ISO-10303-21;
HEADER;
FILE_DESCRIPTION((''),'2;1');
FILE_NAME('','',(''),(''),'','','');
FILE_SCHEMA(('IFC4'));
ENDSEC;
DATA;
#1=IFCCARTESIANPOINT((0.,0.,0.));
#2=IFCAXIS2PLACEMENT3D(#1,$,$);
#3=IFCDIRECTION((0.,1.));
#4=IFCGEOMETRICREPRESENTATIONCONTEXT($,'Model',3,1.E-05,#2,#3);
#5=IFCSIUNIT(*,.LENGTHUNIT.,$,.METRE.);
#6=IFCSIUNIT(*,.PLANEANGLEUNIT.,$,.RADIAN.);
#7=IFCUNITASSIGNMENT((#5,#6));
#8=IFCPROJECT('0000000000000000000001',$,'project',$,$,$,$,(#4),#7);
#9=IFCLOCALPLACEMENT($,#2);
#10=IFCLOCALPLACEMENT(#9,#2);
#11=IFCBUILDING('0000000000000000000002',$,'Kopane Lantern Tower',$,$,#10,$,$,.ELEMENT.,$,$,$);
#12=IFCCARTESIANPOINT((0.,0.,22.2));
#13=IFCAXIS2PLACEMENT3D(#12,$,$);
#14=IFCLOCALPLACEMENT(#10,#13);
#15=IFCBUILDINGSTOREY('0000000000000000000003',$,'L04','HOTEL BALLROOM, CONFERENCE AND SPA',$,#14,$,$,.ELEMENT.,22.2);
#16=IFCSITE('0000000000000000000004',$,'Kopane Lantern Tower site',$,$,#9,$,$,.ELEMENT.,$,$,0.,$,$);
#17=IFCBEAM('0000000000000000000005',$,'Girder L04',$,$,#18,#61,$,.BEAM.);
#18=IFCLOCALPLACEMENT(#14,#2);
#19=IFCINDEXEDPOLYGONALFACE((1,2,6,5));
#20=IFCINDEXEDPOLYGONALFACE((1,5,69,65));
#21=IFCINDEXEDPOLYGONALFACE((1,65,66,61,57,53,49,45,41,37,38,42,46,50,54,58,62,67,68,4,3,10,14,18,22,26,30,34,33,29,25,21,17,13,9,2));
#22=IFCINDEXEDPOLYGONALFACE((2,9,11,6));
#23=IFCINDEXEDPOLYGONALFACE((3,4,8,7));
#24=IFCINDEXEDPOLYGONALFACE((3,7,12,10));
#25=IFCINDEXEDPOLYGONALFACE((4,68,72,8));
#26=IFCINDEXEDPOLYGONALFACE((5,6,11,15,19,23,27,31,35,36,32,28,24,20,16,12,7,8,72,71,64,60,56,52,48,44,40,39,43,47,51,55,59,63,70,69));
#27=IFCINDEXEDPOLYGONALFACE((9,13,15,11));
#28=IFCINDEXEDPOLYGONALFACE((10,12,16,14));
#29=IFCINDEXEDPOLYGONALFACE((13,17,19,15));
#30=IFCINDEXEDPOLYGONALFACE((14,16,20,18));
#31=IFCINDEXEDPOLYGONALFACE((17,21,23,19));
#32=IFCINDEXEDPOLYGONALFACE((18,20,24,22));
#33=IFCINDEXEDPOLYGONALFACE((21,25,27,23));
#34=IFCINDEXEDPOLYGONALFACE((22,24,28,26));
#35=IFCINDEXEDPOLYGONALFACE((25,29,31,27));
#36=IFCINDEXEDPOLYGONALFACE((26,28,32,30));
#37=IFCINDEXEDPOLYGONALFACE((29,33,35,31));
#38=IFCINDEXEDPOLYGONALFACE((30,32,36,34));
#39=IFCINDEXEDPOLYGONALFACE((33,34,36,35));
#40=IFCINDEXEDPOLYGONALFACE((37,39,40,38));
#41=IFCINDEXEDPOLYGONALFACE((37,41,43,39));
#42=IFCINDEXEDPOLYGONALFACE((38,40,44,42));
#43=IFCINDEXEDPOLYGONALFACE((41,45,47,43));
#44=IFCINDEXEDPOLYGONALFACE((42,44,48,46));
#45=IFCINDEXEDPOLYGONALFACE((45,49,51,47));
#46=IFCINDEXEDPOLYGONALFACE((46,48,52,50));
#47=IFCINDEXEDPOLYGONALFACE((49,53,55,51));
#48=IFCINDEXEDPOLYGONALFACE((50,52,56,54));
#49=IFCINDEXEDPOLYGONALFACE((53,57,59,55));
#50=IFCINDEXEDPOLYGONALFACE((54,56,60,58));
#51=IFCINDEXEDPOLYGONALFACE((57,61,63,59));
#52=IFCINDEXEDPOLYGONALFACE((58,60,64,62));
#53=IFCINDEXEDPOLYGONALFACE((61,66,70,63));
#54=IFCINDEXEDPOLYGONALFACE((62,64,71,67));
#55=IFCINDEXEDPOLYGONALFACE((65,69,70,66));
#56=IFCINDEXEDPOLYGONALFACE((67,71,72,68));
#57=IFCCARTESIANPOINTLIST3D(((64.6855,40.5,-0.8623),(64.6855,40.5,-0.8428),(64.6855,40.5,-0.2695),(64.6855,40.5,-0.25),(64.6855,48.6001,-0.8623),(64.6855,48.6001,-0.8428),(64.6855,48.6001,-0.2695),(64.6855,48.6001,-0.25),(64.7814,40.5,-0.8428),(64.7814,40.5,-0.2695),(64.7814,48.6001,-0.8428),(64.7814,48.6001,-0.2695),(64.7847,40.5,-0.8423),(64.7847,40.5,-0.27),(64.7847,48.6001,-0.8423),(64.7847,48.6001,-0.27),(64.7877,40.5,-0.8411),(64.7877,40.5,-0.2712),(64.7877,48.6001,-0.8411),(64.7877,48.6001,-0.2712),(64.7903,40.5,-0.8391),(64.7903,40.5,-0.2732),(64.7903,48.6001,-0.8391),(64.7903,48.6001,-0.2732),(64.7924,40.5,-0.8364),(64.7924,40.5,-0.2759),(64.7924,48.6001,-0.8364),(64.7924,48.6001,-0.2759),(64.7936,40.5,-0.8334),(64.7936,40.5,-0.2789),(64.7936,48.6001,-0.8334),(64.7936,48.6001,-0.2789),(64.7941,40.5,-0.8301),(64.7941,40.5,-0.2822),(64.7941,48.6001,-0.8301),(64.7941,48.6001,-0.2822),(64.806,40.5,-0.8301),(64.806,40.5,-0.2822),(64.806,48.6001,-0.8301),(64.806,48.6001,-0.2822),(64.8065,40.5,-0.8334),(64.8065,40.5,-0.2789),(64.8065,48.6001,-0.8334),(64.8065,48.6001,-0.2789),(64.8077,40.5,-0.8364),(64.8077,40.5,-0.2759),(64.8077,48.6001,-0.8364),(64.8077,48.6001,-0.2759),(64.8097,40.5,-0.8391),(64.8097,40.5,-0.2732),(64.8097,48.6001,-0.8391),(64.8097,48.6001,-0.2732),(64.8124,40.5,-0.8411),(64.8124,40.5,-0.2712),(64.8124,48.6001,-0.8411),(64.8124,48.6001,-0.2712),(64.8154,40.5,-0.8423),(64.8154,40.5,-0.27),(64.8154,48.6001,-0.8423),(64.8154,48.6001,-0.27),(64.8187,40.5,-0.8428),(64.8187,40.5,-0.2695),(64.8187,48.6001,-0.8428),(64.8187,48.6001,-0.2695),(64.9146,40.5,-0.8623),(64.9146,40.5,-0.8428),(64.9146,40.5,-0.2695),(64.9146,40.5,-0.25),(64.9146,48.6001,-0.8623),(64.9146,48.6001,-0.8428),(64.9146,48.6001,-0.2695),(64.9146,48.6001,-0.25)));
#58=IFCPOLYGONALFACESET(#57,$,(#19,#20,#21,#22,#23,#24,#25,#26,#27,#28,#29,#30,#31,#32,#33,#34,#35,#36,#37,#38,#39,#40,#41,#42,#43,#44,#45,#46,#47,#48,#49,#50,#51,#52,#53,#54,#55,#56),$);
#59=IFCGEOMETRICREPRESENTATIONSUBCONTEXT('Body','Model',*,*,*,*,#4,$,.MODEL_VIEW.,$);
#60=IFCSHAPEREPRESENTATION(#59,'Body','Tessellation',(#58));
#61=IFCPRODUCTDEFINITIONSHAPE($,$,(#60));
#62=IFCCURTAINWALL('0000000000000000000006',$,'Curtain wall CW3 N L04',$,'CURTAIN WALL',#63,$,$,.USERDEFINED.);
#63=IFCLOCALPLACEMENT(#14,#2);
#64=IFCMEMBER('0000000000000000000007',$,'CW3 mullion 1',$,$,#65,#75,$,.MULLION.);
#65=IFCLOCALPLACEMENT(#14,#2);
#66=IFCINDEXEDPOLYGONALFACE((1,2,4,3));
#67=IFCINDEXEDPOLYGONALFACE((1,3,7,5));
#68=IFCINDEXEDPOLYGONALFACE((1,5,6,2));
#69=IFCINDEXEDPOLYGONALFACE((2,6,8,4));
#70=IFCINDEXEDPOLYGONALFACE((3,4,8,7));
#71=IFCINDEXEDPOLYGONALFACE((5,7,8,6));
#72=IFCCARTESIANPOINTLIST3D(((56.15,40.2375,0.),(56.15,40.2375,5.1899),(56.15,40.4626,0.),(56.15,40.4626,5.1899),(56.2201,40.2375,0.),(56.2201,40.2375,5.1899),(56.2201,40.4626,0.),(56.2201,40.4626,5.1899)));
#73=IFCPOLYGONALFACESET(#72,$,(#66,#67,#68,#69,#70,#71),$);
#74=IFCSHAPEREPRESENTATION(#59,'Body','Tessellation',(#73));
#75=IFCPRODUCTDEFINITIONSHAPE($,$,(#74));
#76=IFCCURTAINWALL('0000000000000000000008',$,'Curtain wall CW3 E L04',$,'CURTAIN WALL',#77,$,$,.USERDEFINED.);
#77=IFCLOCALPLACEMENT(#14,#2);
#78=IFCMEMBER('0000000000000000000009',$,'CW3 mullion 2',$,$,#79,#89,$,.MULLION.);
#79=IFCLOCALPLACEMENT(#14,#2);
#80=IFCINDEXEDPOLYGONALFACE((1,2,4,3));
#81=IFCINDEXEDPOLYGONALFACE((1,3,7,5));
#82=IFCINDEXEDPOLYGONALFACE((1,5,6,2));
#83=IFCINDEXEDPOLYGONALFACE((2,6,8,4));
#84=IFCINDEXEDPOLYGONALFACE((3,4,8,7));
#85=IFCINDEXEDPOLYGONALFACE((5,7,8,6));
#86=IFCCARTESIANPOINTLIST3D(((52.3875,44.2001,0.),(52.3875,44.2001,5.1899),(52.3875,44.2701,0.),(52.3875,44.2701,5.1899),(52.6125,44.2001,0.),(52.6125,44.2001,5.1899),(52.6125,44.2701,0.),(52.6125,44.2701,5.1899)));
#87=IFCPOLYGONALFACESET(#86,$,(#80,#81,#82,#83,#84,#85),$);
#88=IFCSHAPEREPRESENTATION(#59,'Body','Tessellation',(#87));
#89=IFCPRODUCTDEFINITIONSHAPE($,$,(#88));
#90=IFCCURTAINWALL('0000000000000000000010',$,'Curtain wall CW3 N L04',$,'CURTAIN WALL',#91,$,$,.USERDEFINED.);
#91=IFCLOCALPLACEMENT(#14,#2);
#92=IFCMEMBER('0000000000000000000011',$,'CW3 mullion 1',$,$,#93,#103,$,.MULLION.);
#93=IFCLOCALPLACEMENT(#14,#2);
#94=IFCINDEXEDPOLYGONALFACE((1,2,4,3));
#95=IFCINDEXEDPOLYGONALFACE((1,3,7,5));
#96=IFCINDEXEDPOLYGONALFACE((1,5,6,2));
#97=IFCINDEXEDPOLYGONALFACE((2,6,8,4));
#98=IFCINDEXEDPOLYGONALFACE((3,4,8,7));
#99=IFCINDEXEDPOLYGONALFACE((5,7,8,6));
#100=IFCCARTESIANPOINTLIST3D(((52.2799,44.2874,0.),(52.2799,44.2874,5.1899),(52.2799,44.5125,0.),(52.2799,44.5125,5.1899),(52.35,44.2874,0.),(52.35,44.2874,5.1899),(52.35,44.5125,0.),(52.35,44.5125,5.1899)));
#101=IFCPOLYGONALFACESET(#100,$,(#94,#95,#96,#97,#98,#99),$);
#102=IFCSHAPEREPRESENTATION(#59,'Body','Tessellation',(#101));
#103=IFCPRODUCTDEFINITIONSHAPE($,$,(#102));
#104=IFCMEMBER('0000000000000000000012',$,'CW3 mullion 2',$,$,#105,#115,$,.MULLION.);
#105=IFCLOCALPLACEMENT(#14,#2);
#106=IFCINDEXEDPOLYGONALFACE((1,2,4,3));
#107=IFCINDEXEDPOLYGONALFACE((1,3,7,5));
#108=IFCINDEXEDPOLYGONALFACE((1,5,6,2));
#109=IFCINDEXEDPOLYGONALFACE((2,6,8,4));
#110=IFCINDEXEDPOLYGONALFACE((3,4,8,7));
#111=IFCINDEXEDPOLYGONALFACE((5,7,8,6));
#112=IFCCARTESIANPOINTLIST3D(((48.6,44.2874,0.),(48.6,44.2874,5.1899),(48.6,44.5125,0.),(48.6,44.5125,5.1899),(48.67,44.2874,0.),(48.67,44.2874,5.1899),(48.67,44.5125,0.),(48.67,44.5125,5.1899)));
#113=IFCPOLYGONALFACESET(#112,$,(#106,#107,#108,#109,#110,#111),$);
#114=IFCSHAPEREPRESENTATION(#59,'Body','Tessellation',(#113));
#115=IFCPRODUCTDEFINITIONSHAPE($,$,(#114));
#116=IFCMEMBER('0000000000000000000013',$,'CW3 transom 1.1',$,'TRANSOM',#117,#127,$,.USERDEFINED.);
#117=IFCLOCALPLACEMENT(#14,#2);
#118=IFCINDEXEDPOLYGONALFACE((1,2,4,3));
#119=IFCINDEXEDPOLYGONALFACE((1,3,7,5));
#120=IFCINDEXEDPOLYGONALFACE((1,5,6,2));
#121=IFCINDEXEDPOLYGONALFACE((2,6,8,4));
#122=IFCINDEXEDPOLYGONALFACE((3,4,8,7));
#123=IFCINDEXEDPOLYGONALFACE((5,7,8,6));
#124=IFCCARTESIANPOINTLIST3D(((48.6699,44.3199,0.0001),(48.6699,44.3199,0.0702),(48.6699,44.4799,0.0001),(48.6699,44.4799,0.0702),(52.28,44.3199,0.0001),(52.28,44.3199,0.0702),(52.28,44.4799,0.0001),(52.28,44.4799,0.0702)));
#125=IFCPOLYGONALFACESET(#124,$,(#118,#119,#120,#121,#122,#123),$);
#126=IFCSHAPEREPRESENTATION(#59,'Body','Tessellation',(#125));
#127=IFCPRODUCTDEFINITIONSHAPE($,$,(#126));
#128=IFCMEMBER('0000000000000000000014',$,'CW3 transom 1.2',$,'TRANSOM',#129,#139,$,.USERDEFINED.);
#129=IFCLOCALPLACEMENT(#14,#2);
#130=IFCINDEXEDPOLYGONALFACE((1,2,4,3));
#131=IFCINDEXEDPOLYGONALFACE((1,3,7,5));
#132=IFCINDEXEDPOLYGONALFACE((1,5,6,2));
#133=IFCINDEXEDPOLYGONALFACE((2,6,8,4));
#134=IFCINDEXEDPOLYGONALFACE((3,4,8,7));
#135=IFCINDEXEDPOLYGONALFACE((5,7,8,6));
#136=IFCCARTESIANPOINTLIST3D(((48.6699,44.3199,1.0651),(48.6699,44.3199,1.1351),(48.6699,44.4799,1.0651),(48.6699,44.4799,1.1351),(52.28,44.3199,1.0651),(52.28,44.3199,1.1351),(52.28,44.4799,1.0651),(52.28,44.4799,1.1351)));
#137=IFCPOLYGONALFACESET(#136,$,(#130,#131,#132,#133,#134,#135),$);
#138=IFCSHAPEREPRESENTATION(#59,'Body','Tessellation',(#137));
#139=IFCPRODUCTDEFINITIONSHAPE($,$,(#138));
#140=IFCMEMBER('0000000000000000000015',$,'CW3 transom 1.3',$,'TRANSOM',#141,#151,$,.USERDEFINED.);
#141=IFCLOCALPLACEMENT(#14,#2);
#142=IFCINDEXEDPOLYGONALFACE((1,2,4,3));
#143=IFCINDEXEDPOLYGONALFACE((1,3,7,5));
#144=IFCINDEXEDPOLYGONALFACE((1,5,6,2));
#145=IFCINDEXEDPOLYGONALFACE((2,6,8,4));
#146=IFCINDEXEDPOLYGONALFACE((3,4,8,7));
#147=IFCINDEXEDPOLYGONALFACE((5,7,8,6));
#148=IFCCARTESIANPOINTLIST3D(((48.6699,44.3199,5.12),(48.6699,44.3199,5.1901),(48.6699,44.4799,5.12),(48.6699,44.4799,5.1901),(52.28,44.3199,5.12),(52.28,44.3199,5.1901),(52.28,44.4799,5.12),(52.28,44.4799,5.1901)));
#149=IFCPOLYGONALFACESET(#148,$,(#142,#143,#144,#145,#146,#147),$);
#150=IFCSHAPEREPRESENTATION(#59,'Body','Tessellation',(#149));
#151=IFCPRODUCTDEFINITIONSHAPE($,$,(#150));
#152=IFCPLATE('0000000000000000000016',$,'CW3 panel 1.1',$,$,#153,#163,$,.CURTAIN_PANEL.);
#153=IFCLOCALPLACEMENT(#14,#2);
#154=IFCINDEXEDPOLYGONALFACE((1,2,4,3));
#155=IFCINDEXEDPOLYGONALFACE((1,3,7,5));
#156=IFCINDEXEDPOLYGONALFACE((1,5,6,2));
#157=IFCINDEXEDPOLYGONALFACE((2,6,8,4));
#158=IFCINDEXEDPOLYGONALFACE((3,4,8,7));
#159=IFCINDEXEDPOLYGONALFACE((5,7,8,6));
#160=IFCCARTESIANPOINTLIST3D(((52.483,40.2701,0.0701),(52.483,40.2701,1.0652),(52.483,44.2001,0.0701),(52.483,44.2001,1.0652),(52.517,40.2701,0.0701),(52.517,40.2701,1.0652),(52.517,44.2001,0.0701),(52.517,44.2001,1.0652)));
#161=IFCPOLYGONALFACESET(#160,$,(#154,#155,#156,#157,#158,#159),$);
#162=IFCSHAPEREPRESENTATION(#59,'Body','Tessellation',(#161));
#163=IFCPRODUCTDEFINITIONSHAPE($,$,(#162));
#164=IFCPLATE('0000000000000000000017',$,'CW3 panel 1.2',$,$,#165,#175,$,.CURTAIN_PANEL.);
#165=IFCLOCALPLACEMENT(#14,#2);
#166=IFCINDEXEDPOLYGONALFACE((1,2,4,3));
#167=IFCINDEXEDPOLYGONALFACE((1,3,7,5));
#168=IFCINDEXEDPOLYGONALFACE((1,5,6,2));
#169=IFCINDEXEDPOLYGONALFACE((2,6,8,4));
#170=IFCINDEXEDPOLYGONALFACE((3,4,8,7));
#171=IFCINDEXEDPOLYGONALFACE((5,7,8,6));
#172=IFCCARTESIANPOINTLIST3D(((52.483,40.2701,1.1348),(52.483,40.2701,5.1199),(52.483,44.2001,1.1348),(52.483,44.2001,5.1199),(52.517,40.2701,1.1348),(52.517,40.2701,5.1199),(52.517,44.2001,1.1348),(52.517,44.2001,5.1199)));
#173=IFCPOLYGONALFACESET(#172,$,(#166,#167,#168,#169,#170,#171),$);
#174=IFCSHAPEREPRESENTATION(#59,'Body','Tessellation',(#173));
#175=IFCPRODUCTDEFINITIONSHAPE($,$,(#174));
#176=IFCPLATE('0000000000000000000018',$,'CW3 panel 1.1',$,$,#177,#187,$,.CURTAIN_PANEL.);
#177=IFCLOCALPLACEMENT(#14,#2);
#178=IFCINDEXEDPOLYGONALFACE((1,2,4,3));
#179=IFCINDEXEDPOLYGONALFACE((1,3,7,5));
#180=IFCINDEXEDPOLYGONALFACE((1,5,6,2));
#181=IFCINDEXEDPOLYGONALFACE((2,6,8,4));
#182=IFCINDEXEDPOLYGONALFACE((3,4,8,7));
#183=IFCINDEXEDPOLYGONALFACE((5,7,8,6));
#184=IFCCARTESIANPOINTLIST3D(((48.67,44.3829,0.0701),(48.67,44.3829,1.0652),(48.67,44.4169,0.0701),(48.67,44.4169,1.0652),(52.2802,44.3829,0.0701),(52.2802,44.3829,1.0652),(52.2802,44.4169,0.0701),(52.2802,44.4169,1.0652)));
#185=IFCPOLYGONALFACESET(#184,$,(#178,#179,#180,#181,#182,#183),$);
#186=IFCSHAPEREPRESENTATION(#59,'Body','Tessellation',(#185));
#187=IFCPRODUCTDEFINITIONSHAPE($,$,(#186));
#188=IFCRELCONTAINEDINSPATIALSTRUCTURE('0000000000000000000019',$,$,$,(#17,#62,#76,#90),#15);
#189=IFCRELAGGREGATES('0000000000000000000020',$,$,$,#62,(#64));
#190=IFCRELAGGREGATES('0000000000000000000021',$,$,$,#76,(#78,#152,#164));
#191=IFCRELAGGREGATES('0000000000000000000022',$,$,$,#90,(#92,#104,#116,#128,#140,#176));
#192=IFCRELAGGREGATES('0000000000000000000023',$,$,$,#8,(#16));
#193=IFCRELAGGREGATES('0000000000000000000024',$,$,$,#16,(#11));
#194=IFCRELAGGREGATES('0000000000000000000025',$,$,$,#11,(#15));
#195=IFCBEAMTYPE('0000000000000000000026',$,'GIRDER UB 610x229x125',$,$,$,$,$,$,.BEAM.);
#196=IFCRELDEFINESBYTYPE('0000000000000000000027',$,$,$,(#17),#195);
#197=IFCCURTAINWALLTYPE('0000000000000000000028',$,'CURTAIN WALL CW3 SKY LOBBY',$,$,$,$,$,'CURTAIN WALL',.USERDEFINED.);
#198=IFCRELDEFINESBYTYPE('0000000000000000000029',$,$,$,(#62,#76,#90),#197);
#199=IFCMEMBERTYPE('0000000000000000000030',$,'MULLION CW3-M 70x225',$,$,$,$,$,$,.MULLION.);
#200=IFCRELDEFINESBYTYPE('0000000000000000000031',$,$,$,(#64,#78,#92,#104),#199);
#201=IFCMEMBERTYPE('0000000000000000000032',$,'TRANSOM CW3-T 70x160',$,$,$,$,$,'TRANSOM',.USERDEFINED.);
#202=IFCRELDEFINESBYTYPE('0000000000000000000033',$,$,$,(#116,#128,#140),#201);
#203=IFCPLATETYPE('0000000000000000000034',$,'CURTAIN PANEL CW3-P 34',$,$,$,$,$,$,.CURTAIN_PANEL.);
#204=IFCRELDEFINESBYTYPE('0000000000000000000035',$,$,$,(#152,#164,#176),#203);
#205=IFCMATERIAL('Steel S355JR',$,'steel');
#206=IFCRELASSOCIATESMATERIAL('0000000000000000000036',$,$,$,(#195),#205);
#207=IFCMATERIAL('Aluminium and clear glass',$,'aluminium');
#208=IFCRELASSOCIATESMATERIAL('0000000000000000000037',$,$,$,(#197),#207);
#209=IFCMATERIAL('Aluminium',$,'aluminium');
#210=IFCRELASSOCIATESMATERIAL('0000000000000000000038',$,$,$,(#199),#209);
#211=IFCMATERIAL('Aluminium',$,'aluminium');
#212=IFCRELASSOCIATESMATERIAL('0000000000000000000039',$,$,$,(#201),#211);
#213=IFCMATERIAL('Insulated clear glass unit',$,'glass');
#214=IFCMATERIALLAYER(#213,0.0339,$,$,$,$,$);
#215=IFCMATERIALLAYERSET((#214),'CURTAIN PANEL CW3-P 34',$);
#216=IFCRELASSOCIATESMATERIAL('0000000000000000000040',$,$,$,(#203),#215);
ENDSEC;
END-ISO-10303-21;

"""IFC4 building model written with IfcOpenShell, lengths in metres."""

from ifc_helpers import new_model, si_unit, direction, frame, origin, origin_2d, place, context, subcontext, project, spatial, rectangle, i_section, extrude, material, layer, layer_set, material_profile, profile_set, type_object, element, aggregate, save


model = new_model("IFC4")

# Units and contexts
model_context = context("Model", 3, precision=1e-05, world=origin(), true_north=direction((0.0, 1.0)))
body_context = subcontext(model_context, "Body", "Model", "MODEL_VIEW")
ifc_project = project(units=[si_unit("LENGTHUNIT", "METRE"), si_unit("PLANEANGLEUNIT", "RADIAN")], contexts=[model_context])

# Site, building, storey
site_placement = place(None, origin())
site = spatial("IfcSite", under=ifc_project, at=site_placement, Name="Kopane Lantern Tower site", CompositionType="ELEMENT", RefElevation=0.0)
building_placement = place(site_placement, origin())
building = spatial("IfcBuilding", under=site, at=building_placement, Name="Kopane Lantern Tower", CompositionType="ELEMENT")
storey_placement = place(building_placement, frame((0.0, 0.0, 22.2)))
storey = spatial("IfcBuildingStorey", under=building, at=storey_placement, Name="L04", Description="HOTEL BALLROOM, CONFERENCE AND SPA", CompositionType="ELEMENT", Elevation=22.2)

# Beam
ifc_material_1 = material(Name="Steel S355JR", Category="steel")
ifc_material_profile_1 = material_profile(ifc_material_1, i_section(OverallWidth=0.229, OverallDepth=0.6123, WebThickness=0.012, FlangeThickness=0.0195, FilletRadius=0.0127, at=origin_2d()), Name="UB 610x229x125")
ifc_profile_set_1 = profile_set([ifc_material_profile_1], Name="Steel S355JR")
beam_type_1 = type_object("IfcBeamType", Name="GIRDER UB 610x229x125", PredefinedType="BEAM", material=ifc_profile_set_1)
for number, where, z_axis, x_axis, name in (
    (1, (64.8, 40.5, -0.5562), (0.0, 1.0, 0.0), (-1.0, 0.0, 0.0), "Girder L04"),
):
    element("IfcBeam", number, at=place(storey_placement, frame(where, z_axis=z_axis, x_axis=x_axis)), inside=storey, type_object=beam_type_1, Name=name, PredefinedType="BEAM", context=body_context, shape_type="SweptSolid", body=[
        extrude(i_section(OverallWidth=0.229, OverallDepth=0.6123, WebThickness=0.012, FlangeThickness=0.0195, FilletRadius=0.0127, at=origin_2d()), origin(), (0.0, 0.0, 1.0), 8.1001),
    ])

# Curtain walls, members
ifc_material_2 = material(Name="Aluminium and clear glass", Category="aluminium")
curtain_wall_type = type_object("IfcCurtainWallType", Name="CURTAIN WALL CW3 SKY LOBBY", ElementType="CURTAIN WALL", PredefinedType="USERDEFINED", material=ifc_material_2)
curtain_wall_1_placement = place(storey_placement, origin())
curtain_wall_1 = element("IfcCurtainWall", 2, at=curtain_wall_1_placement, inside=storey, type_object=curtain_wall_type, Name="Curtain wall CW3 N L04", ObjectType="CURTAIN WALL", PredefinedType="USERDEFINED")
ifc_material_3 = material(Name="Aluminium", Category="aluminium")
ifc_material_profile_2 = material_profile(ifc_material_3, rectangle(XDim=0.0701, YDim=0.2251, at=origin_2d()), Name="AL 70x225")
ifc_profile_set_2 = profile_set([ifc_material_profile_2], Name="Aluminium")
member_type_1 = type_object("IfcMemberType", Name="MULLION CW3-M 70x225", PredefinedType="MULLION", material=ifc_profile_set_2)
member_1_placement = place(storey_placement, frame((56.1851, 40.3501, 0.0), z_axis=(0.0, 0.0, 1.0), x_axis=(-1.0, 0.0, 0.0)))
member_1 = element("IfcMember", 3, at=member_1_placement, type_object=member_type_1, Name="CW3 mullion 1", PredefinedType="MULLION", context=body_context, shape_type="SweptSolid", body=[
    extrude(rectangle(XDim=0.0701, YDim=0.2251, at=origin_2d()), origin(), (0.0, 0.0, 1.0), 5.1899),
])
aggregate(curtain_wall_1, [member_1])
curtain_wall_2_placement = place(storey_placement, origin())
curtain_wall_2 = element("IfcCurtainWall", 4, at=curtain_wall_2_placement, inside=storey, type_object=curtain_wall_type, Name="Curtain wall CW3 E L04", ObjectType="CURTAIN WALL", PredefinedType="USERDEFINED")
member_2_placement = place(storey_placement, frame((52.5, 44.2351, 0.0), z_axis=(0.0, 0.0, 1.0), x_axis=(0.0, 1.0, 0.0)))
member_2 = element("IfcMember", 5, at=member_2_placement, type_object=member_type_1, Name="CW3 mullion 2", PredefinedType="MULLION", context=body_context, shape_type="SweptSolid", body=[
    extrude(rectangle(XDim=0.0701, YDim=0.2251, at=origin_2d()), origin(), (0.0, 0.0, 1.0), 5.1899),
])

# Curtain wall, members
curtain_wall_3_placement = place(storey_placement, origin())
curtain_wall_3 = element("IfcCurtainWall", 6, at=curtain_wall_3_placement, inside=storey, type_object=curtain_wall_type, Name="Curtain wall CW3 N L04", ObjectType="CURTAIN WALL", PredefinedType="USERDEFINED")
member_3_placement = place(storey_placement, frame((52.3149, 44.3999, 0.0), z_axis=(0.0, 0.0, 1.0), x_axis=(-1.0, 0.0, 0.0)))
member_3 = element("IfcMember", 7, at=member_3_placement, type_object=member_type_1, Name="CW3 mullion 1", PredefinedType="MULLION", context=body_context, shape_type="SweptSolid", body=[
    extrude(rectangle(XDim=0.0701, YDim=0.2251, at=origin_2d()), origin(), (0.0, 0.0, 1.0), 5.1899),
])
member_4_placement = place(storey_placement, frame((48.635, 44.3999, 0.0), z_axis=(0.0, 0.0, 1.0), x_axis=(-1.0, 0.0, 0.0)))
member_4 = element("IfcMember", 8, at=member_4_placement, type_object=member_type_1, Name="CW3 mullion 2", PredefinedType="MULLION", context=body_context, shape_type="SweptSolid", body=[
    extrude(rectangle(XDim=0.0701, YDim=0.2251, at=origin_2d()), origin(), (0.0, 0.0, 1.0), 5.1899),
])
ifc_material_4 = material(Name="Aluminium", Category="aluminium")
ifc_material_profile_3 = material_profile(ifc_material_4, rectangle(XDim=0.1599, YDim=0.0701, at=origin_2d()), Name="AL 160x70")
ifc_profile_set_3 = profile_set([ifc_material_profile_3], Name="Aluminium")
member_type_2 = type_object("IfcMemberType", Name="TRANSOM CW3-T 70x160", ElementType="TRANSOM", PredefinedType="USERDEFINED", material=ifc_profile_set_3)
member_5_placement = place(storey_placement, frame((52.28, 44.3999, 0.0352), z_axis=(-1.0, 0.0, 0.0), x_axis=(0.0, -1.0, 0.0)))
member_5 = element("IfcMember", 9, at=member_5_placement, type_object=member_type_2, Name="CW3 transom 1.1", ObjectType="TRANSOM", PredefinedType="USERDEFINED", context=body_context, shape_type="SweptSolid", body=[
    extrude(rectangle(XDim=0.1599, YDim=0.0701, at=origin_2d()), origin(), (0.0, 0.0, 1.0), 3.6101),
])
member_6_placement = place(storey_placement, frame((52.28, 44.3999, 1.1001), z_axis=(-1.0, 0.0, 0.0), x_axis=(0.0, -1.0, 0.0)))
member_6 = element("IfcMember", 10, at=member_6_placement, type_object=member_type_2, Name="CW3 transom 1.2", ObjectType="TRANSOM", PredefinedType="USERDEFINED", context=body_context, shape_type="SweptSolid", body=[
    extrude(rectangle(XDim=0.1599, YDim=0.0701, at=origin_2d()), origin(), (0.0, 0.0, 1.0), 3.6101),
])
member_7_placement = place(storey_placement, frame((52.28, 44.3999, 5.155), z_axis=(-1.0, 0.0, 0.0), x_axis=(0.0, -1.0, 0.0)))
member_7 = element("IfcMember", 11, at=member_7_placement, type_object=member_type_2, Name="CW3 transom 1.3", ObjectType="TRANSOM", PredefinedType="USERDEFINED", context=body_context, shape_type="SweptSolid", body=[
    extrude(rectangle(XDim=0.1599, YDim=0.0701, at=origin_2d()), origin(), (0.0, 0.0, 1.0), 3.6101),
])

# Plates
ifc_material_5 = material(Name="Insulated clear glass unit", Category="glass")
ifc_layer_1 = layer(ifc_material_5, 0.0339)
ifc_layer_set_1 = layer_set([ifc_layer_1], Name="CURTAIN PANEL CW3-P 34")
plate_type = type_object("IfcPlateType", Name="CURTAIN PANEL CW3-P 34", PredefinedType="CURTAIN_PANEL", material=ifc_layer_set_1)
plate_1_placement = place(storey_placement, frame((52.5, 42.2351, 0.0701), z_axis=(0.0, 0.0, 1.0), x_axis=(0.0, 1.0, 0.0)))
plate_1 = element("IfcPlate", 12, at=plate_1_placement, type_object=plate_type, Name="CW3 panel 1.1", PredefinedType="CURTAIN_PANEL", context=body_context, shape_type="SweptSolid", body=[
    extrude(rectangle(XDim=3.9299, YDim=0.0339, at=origin_2d()), origin(), (0.0, 0.0, 1.0), 0.9951),
])
plate_2_placement = place(storey_placement, frame((52.5, 42.2351, 1.1348), z_axis=(0.0, 0.0, 1.0), x_axis=(0.0, 1.0, 0.0)))
plate_2 = element("IfcPlate", 13, at=plate_2_placement, type_object=plate_type, Name="CW3 panel 1.2", PredefinedType="CURTAIN_PANEL", context=body_context, shape_type="SweptSolid", body=[
    extrude(rectangle(XDim=3.9299, YDim=0.0339, at=origin_2d()), origin(), (0.0, 0.0, 1.0), 3.9851),
])
aggregate(curtain_wall_2, [member_2, plate_1, plate_2])
plate_3_placement = place(storey_placement, frame((50.4751, 44.3999, 0.0701), z_axis=(0.0, 0.0, 1.0), x_axis=(-1.0, 0.0, 0.0)))
plate_3 = element("IfcPlate", 14, at=plate_3_placement, type_object=plate_type, Name="CW3 panel 1.1", PredefinedType="CURTAIN_PANEL", context=body_context, shape_type="SweptSolid", body=[
    extrude(rectangle(XDim=3.6101, YDim=0.0339, at=origin_2d()), origin(), (0.0, 0.0, 1.0), 0.9951),
])
aggregate(curtain_wall_3, [member_3, member_4, member_5, member_6, member_7, plate_3])

save(model, "model.ifc")
